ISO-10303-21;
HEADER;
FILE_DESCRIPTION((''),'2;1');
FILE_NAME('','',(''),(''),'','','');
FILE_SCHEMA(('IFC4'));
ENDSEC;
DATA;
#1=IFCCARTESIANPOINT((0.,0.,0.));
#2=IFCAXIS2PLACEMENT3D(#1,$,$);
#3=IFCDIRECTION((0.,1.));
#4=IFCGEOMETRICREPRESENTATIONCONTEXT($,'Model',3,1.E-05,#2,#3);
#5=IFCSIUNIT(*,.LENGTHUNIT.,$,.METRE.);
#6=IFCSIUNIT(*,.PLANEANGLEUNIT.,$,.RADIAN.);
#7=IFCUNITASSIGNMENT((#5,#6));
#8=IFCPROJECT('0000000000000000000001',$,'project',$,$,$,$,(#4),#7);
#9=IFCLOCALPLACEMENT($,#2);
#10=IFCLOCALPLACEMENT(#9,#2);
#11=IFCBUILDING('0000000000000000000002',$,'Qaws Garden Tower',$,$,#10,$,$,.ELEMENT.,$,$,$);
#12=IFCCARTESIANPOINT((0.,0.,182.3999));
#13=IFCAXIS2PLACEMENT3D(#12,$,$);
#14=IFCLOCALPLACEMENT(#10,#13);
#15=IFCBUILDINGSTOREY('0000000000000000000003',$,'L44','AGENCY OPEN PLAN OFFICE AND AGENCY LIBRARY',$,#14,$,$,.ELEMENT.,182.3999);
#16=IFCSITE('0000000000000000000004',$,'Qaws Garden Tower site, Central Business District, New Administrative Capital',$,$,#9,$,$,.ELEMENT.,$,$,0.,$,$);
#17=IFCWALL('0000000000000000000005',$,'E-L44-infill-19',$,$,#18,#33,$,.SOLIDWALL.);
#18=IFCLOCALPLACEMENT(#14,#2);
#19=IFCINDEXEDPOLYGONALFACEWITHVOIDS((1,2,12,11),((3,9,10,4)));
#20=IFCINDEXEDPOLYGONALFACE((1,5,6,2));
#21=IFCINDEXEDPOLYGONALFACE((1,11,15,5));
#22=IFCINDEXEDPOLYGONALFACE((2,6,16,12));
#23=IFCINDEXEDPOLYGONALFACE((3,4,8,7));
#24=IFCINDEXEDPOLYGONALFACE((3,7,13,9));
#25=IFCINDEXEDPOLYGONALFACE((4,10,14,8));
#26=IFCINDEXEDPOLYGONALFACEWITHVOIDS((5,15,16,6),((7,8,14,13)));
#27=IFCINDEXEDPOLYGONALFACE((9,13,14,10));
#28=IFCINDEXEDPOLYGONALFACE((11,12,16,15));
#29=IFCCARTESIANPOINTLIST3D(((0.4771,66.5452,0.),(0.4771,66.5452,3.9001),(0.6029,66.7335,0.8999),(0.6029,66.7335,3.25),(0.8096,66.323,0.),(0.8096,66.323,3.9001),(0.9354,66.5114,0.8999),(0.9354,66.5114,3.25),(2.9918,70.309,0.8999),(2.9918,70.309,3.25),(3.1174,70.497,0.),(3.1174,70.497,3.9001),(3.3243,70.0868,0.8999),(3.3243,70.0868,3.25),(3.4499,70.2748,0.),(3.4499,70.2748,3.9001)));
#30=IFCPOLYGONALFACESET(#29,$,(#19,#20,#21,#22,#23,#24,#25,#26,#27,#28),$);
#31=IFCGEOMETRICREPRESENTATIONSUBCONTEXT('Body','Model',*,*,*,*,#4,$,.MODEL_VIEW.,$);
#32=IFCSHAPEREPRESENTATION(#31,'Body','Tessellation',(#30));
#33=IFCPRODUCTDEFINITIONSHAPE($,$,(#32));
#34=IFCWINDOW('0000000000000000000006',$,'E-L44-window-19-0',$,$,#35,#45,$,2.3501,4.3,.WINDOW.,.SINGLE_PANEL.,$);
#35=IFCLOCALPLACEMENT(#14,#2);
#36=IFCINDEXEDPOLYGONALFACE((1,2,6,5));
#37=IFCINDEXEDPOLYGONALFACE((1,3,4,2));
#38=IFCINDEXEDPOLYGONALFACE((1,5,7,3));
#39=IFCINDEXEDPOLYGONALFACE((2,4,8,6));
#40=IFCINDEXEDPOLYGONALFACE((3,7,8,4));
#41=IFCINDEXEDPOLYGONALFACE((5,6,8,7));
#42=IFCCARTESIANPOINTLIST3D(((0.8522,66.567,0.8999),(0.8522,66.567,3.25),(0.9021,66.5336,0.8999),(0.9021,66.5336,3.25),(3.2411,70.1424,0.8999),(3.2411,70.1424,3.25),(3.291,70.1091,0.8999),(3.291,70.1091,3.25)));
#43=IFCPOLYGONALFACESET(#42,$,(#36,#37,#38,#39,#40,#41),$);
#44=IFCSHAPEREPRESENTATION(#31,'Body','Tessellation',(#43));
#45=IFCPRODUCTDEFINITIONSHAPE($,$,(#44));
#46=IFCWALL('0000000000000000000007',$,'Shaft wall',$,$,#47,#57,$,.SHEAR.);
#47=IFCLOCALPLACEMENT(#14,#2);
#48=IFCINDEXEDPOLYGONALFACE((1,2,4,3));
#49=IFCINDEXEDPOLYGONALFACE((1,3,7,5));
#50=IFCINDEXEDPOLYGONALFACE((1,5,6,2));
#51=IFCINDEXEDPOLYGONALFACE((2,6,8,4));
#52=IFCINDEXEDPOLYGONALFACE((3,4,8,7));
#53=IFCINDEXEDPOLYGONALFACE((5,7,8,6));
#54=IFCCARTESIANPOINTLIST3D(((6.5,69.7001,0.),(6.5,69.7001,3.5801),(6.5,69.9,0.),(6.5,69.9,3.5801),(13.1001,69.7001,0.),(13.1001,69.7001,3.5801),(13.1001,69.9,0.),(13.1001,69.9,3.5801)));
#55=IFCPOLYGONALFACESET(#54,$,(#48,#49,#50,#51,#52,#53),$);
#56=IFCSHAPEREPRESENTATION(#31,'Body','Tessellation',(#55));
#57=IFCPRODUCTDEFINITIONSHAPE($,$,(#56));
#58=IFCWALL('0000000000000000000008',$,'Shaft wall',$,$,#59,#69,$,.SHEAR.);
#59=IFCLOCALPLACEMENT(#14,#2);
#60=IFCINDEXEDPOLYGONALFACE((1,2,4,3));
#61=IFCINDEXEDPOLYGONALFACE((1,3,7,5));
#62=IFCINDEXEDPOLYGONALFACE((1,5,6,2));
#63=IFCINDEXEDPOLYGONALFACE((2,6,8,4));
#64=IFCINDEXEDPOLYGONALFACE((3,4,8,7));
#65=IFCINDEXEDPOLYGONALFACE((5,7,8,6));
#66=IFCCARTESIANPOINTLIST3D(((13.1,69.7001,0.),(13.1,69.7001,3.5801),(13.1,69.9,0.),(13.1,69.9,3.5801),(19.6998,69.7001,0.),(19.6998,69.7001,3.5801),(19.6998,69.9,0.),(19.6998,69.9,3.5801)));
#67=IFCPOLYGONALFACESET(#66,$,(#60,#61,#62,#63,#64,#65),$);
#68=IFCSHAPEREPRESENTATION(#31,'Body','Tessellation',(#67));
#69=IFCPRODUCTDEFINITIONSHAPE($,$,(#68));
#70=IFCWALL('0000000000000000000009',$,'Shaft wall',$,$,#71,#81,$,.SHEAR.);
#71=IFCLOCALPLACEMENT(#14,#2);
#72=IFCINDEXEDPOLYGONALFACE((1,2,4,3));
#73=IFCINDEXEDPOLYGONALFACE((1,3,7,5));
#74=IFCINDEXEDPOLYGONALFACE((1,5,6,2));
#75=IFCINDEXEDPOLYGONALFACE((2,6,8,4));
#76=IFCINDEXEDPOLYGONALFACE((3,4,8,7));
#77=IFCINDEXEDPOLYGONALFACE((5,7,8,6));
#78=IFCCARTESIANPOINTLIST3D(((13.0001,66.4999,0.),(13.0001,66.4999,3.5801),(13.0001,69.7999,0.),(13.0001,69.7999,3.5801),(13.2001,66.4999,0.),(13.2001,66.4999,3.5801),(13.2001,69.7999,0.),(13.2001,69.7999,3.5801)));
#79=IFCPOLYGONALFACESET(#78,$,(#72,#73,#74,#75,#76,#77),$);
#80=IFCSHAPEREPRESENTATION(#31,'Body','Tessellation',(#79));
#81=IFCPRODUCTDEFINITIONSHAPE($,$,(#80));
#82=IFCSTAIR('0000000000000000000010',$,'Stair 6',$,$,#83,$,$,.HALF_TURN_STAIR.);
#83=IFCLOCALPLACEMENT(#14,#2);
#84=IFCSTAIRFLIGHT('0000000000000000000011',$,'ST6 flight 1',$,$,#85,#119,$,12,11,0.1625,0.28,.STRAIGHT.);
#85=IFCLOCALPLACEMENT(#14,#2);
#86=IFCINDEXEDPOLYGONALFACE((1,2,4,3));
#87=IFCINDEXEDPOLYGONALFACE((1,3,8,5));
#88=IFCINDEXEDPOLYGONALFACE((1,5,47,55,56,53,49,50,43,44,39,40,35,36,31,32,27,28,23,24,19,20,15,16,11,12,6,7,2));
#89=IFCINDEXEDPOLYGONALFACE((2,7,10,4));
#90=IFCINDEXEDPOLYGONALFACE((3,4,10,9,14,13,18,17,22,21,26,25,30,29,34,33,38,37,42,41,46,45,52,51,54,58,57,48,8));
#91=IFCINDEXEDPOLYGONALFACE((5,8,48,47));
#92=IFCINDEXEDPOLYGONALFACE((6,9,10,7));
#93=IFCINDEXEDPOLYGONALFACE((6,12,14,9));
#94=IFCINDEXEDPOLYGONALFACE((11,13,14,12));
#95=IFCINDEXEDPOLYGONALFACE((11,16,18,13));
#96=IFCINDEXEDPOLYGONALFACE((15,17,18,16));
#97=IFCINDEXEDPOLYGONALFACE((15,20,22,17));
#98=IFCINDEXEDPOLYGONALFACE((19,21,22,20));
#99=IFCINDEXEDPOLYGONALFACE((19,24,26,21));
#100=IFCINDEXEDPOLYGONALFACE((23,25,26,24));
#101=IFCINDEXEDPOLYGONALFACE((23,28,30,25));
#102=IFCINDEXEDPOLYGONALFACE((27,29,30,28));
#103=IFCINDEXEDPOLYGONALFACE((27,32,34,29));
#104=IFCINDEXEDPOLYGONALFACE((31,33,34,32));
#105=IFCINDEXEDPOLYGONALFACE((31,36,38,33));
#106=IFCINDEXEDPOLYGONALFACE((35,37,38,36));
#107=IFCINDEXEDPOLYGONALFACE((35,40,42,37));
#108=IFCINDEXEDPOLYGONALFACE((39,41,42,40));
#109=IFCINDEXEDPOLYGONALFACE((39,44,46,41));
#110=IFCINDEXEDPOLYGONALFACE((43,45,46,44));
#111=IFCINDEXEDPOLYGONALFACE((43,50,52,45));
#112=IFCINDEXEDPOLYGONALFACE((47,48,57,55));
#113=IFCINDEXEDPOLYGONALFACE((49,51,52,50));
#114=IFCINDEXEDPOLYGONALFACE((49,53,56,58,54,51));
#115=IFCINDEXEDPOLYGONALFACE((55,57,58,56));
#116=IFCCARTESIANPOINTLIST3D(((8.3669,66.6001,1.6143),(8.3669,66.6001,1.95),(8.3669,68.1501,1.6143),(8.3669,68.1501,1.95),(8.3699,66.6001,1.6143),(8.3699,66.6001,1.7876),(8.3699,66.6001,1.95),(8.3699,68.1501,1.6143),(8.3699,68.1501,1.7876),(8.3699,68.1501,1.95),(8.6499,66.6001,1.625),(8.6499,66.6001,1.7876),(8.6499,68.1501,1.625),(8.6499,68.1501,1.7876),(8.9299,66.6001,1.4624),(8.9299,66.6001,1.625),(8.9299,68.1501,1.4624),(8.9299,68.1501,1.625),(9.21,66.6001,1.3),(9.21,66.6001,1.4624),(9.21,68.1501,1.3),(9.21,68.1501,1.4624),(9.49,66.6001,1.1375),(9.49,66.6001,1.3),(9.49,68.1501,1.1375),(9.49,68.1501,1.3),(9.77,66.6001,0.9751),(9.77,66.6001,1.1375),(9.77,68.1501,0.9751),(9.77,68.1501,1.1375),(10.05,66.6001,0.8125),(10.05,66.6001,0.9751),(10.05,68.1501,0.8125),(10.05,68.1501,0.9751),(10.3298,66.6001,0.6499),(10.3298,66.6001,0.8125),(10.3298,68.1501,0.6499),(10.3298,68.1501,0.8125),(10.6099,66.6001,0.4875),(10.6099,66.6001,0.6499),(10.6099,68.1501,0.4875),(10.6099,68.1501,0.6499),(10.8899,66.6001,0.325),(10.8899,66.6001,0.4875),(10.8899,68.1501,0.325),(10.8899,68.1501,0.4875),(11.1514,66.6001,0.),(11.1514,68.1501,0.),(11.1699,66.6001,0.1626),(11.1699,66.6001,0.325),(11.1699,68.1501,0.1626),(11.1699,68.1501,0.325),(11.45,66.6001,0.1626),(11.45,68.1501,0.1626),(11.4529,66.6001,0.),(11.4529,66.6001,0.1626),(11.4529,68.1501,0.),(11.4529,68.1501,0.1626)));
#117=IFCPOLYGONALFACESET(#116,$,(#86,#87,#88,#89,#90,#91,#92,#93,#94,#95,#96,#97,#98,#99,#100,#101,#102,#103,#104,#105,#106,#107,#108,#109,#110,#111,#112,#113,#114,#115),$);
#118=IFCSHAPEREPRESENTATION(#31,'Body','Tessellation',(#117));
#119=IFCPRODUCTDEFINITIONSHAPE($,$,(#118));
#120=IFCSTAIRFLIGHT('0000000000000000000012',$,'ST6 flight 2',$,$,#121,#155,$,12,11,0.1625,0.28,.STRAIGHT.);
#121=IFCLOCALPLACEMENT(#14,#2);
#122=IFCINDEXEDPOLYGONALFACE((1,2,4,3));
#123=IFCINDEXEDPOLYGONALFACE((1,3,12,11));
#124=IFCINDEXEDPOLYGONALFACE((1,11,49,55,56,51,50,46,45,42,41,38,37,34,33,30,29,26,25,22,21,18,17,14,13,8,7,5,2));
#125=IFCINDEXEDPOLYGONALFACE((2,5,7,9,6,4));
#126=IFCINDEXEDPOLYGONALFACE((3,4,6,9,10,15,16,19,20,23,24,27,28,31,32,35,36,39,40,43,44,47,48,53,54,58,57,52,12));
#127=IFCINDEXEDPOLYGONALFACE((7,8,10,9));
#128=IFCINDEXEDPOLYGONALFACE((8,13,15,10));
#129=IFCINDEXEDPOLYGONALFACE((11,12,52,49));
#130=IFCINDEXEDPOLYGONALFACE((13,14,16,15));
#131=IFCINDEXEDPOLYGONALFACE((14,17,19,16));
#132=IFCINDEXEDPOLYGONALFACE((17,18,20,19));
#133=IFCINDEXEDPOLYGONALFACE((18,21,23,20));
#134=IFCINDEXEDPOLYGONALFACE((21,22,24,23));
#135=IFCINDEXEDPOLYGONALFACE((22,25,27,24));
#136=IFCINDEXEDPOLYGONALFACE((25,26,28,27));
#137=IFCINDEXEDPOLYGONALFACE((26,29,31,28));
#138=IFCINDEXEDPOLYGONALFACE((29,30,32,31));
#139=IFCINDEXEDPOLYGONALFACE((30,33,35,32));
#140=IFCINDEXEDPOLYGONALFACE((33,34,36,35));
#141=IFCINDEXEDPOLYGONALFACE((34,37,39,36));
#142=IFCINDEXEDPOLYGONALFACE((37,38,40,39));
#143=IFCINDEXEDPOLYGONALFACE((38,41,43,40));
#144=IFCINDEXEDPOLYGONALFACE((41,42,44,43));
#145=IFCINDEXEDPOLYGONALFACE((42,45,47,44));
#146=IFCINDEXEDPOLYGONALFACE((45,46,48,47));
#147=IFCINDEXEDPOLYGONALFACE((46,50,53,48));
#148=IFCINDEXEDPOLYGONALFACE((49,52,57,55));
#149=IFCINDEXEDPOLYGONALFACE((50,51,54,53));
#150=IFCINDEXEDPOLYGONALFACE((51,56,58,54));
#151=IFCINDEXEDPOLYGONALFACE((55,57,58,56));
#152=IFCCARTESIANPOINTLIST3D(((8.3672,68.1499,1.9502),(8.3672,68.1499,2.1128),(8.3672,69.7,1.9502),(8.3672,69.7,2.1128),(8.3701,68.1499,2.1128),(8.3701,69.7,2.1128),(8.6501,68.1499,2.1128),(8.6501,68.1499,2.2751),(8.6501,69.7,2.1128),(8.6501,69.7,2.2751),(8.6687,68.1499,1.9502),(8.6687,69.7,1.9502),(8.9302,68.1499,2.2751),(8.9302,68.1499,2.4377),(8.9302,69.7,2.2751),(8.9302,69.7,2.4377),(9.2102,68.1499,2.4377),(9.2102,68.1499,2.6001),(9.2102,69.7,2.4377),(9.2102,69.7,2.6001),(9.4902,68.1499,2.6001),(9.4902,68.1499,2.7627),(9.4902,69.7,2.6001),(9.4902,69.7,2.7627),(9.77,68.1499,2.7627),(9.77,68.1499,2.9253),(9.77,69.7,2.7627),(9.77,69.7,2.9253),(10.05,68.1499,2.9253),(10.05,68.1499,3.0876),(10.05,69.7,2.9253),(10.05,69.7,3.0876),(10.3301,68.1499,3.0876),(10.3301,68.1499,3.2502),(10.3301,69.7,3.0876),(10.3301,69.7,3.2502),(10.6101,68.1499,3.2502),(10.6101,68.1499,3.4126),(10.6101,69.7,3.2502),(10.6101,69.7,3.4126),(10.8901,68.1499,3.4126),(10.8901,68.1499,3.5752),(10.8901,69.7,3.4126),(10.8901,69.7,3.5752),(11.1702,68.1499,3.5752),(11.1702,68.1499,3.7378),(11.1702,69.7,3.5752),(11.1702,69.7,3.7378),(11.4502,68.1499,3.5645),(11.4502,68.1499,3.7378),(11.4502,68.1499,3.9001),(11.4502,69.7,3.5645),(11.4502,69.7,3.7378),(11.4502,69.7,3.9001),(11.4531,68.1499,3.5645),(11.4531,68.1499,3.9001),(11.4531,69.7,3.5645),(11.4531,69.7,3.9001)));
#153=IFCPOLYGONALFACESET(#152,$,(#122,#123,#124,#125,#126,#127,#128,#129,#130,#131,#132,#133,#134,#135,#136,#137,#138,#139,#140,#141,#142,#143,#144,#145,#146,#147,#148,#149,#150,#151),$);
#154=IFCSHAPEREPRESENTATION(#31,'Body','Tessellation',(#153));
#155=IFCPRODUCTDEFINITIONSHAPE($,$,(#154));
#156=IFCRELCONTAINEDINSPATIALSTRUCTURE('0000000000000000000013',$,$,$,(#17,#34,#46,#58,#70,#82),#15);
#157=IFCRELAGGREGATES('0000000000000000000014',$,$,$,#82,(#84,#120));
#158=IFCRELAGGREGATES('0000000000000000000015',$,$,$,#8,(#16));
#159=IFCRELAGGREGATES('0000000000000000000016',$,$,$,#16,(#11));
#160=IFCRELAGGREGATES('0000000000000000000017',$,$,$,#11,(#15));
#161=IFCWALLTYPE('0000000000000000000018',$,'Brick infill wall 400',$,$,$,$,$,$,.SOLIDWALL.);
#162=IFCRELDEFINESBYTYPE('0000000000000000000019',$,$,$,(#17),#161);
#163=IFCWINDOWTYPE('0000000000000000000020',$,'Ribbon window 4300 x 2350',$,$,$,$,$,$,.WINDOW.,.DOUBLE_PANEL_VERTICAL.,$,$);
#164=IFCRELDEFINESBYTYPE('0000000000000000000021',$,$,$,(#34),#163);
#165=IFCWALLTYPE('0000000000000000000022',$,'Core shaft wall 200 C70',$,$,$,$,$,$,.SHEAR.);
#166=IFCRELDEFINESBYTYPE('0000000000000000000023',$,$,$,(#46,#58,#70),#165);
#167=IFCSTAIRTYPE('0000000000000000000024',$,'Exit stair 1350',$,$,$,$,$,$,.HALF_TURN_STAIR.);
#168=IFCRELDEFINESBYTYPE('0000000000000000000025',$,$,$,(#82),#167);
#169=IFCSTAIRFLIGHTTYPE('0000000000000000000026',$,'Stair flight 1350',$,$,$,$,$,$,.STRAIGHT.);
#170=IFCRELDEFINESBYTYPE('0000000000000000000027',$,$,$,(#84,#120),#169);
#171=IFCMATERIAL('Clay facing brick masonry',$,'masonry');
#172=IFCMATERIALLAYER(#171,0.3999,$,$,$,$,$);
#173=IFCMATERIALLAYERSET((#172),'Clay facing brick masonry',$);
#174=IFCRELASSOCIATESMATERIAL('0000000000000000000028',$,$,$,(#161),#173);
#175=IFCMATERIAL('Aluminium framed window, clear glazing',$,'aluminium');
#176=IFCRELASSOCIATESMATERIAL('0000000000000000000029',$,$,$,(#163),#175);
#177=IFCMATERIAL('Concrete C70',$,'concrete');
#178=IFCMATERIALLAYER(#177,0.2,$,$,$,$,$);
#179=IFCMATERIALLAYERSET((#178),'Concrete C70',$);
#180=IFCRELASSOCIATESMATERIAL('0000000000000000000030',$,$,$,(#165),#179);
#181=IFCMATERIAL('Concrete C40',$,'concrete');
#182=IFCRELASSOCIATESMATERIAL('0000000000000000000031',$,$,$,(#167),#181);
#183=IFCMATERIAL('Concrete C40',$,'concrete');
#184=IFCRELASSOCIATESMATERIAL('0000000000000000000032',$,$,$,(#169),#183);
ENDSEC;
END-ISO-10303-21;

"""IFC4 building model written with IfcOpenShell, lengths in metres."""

from ifc_helpers import new_model, si_unit, direction, frame, frame_2d, origin, place, context, subcontext, project, spatial, polyline, rectangle, outline, extrude, material, layer, layer_set, type_object, element, fill, aggregate, save


model = new_model("IFC4")

# Units and contexts
model_context = context("Model", 3, precision=1e-05, world=origin(), true_north=direction((0.0, 1.0)))
body_context = subcontext(model_context, "Body", "Model", "MODEL_VIEW")
ifc_project = project(units=[si_unit("LENGTHUNIT", "METRE"), si_unit("PLANEANGLEUNIT", "RADIAN")], contexts=[model_context])

# Site, building, storey
site_placement = place(None, origin())
site = spatial("IfcSite", under=ifc_project, at=site_placement, Name="Qaws Garden Tower site, Central Business District, New Administrative Capital", CompositionType="ELEMENT", RefElevation=0.0)
building_placement = place(site_placement, origin())
building = spatial("IfcBuilding", under=site, at=building_placement, Name="Qaws Garden Tower", CompositionType="ELEMENT")
storey_placement = place(building_placement, frame((0.0, 0.0, 182.3999)))
storey = spatial("IfcBuildingStorey", under=building, at=storey_placement, Name="L44", Description="AGENCY OPEN PLAN OFFICE AND AGENCY LIBRARY", CompositionType="ELEMENT", Elevation=182.3999)

# Wall, opening, window
ifc_material_1 = material(Name="Clay facing brick masonry", Category="masonry")
ifc_layer_1 = layer(ifc_material_1, 0.3999)
ifc_layer_set_1 = layer_set([ifc_layer_1], Name="Clay facing brick masonry")
wall_type_1 = type_object("IfcWallType", Name="Brick infill wall 400", PredefinedType="SOLIDWALL", material=ifc_layer_set_1)
ifc_material_2 = material(Name="Aluminium framed window, clear glazing", Category="aluminium")
window_type = type_object("IfcWindowType", Name="Ribbon window 4300 x 2350", PartitioningType="DOUBLE_PANEL_VERTICAL", PredefinedType="WINDOW", material=ifc_material_2)
wall_1_placement = place(storey_placement, frame((3.2837, 70.386, 0.0), z_axis=(0.0, 0.0, 1.0), x_axis=(-0.555542, -0.831489, 0.0)))
wall_1 = element("IfcWall", 1, at=wall_1_placement, inside=storey, type_object=wall_type_1, Name="E-L44-infill-19", PredefinedType="SOLIDWALL", context=body_context, shape_type="SweptSolid", body=[
    extrude(rectangle(XDim=4.7527, YDim=0.3999, at=frame_2d((2.3765, 0.0))), origin(), (0.0, 0.0, 1.0), 3.9001),
])
opening_1_placement = place(wall_1_placement, frame((0.2263, 0.0, 0.8999)))
opening_1 = element("IfcOpeningElement", 2, at=opening_1_placement, cuts=wall_1, PredefinedType="OPENING", context=body_context, shape_type="SweptSolid", body=[
    extrude(rectangle(XDim=4.3, YDim=2.3501, at=frame_2d((2.1499, 1.175))), frame((0.0, 0.21, 0.0), z_axis=(0.0, -1.0, 0.0), x_axis=(1.0, 0.0, 0.0)), (0.0, 0.0, 1.0), 0.4199),
])
window_1_placement = place(opening_1_placement, origin())
window_1 = element("IfcWindow", 3, at=window_1_placement, inside=storey, type_object=window_type, Name="E-L44-window-19-0", OverallHeight=2.3501, OverallWidth=4.3, PartitioningType="SINGLE_PANEL", PredefinedType="WINDOW", context=body_context, shape_type="SweptSolid", body=[
    extrude(rectangle(XDim=4.3, YDim=2.3501, at=frame_2d((2.1499, 1.175))), frame((0.0, 0.1599, 0.0), z_axis=(0.0, -1.0, 0.0), x_axis=(1.0, 0.0, 0.0)), (0.0, 0.0, 1.0), 0.0601),
])
fill(opening_1, window_1)

# Walls
ifc_material_3 = material(Name="Concrete C70", Category="concrete")
ifc_layer_2 = layer(ifc_material_3, 0.2)
ifc_layer_set_2 = layer_set([ifc_layer_2], Name="Concrete C70")
wall_type_2 = type_object("IfcWallType", Name="Core shaft wall 200 C70", PredefinedType="SHEAR", material=ifc_layer_set_2)
wall_2_placement = place(storey_placement, frame((6.5, 69.8, 0.0), z_axis=(0.0, 0.0, 1.0), x_axis=(1.0, 0.0, 0.0)))
element("IfcWall", 4, at=wall_2_placement, inside=storey, type_object=wall_type_2, Name="Shaft wall", PredefinedType="SHEAR", context=body_context, shape_type="SweptSolid", body=[
    extrude(rectangle(XDim=6.6001, YDim=0.2, at=frame_2d((3.3, 0.0))), origin(), (0.0, 0.0, 1.0), 3.5801),
])
wall_3_placement = place(storey_placement, frame((13.1001, 69.8, 0.0), z_axis=(0.0, 0.0, 1.0), x_axis=(1.0, 0.0, 0.0)))
element("IfcWall", 5, at=wall_3_placement, inside=storey, type_object=wall_type_2, Name="Shaft wall", PredefinedType="SHEAR", context=body_context, shape_type="SweptSolid", body=[
    extrude(rectangle(XDim=6.5999, YDim=0.2, at=frame_2d((3.2998, 0.0))), origin(), (0.0, 0.0, 1.0), 3.5801),
])
wall_4_placement = place(storey_placement, frame((13.1001, 66.5, 0.0), z_axis=(0.0, 0.0, 1.0), x_axis=(0.0, 1.0, 0.0)))
element("IfcWall", 6, at=wall_4_placement, inside=storey, type_object=wall_type_2, Name="Shaft wall", PredefinedType="SHEAR", context=body_context, shape_type="SweptSolid", body=[
    extrude(rectangle(XDim=3.3, YDim=0.2, at=frame_2d((1.6499, 0.0))), origin(), (0.0, 0.0, 1.0), 3.5801),
])

# Stair, stair flights
ifc_material_4 = material(Name="Concrete C40", Category="concrete")
stair_type = type_object("IfcStairType", Name="Exit stair 1350", PredefinedType="HALF_TURN_STAIR", material=ifc_material_4)
placement = place(storey_placement, origin())
stair_1 = element("IfcStair", 7, at=placement, inside=storey, type_object=stair_type, Name="Stair 6", PredefinedType="HALF_TURN_STAIR")
ifc_material_5 = material(Name="Concrete C40", Category="concrete")
stair_flight_type = type_object("IfcStairFlightType", Name="Stair flight 1350", PredefinedType="STRAIGHT", material=ifc_material_5)
stair_flight_1_placement = place(storey_placement, frame((11.45, 67.375, 0.0), z_axis=(0.0, 0.0, 1.0), x_axis=(-1.0, 0.0, 0.0)))
stair_flight_1 = element("IfcStairFlight", 8, at=stair_flight_1_placement, type_object=stair_flight_type, Name="ST6 flight 1", NumberOfRisers=12, NumberOfTreads=11, PredefinedType="STRAIGHT", RiserHeight=0.1625, TreadLength=0.28, context=body_context, shape_type="SweptSolid", body=[
    extrude(outline(polyline([(-0.0029, 0.0), (-0.0029, 0.1626), (0.0, 0.1626), (0.28, 0.1626), (0.28, 0.325), (0.5601, 0.325), (0.5601, 0.4875), (0.8401, 0.4875), (0.8401, 0.6499), (1.1201, 0.6499), (1.1201, 0.8125), (1.3999, 0.8125), (1.3999, 0.9751), (1.6799, 0.9751), (1.6799, 1.1375), (1.96, 1.1375), (1.96, 1.3), (2.24, 1.3), (2.24, 1.4624), (2.52, 1.4624), (2.52, 1.625), (2.8, 1.625), (2.8, 1.7876), (3.0801, 1.7876), (3.0801, 1.95), (3.083, 1.95), (3.083, 1.6143), (3.0801, 1.6143), (0.2986, 0.0), (-0.0029, 0.0)])), frame((0.0, 0.7749, 0.0), z_axis=(0.0, -1.0, 0.0), x_axis=(1.0, 0.0, 0.0)), (0.0, 0.0, 1.0), 1.55),
])
stair_flight_2_placement = place(storey_placement, frame((8.3701, 68.925, 1.9502), z_axis=(0.0, 0.0, 1.0), x_axis=(1.0, 0.0, 0.0)))
stair_flight_2 = element("IfcStairFlight", 9, at=stair_flight_2_placement, type_object=stair_flight_type, Name="ST6 flight 2", NumberOfRisers=12, NumberOfTreads=11, PredefinedType="STRAIGHT", RiserHeight=0.1625, TreadLength=0.28, context=body_context, shape_type="SweptSolid", body=[
    extrude(outline(polyline([(-0.0029, 0.0), (-0.0029, 0.1626), (0.0, 0.1626), (0.28, 0.1626), (0.28, 0.325), (0.5601, 0.325), (0.5601, 0.4875), (0.8401, 0.4875), (0.8401, 0.6499), (1.1201, 0.6499), (1.1201, 0.8125), (1.3999, 0.8125), (1.3999, 0.9751), (1.6799, 0.9751), (1.6799, 1.1375), (1.96, 1.1375), (1.96, 1.3), (2.24, 1.3), (2.24, 1.4624), (2.52, 1.4624), (2.52, 1.625), (2.8, 1.625), (2.8, 1.7876), (3.0801, 1.7876), (3.0801, 1.95), (3.083, 1.95), (3.083, 1.6143), (3.0801, 1.6143), (0.2986, 0.0), (-0.0029, 0.0)])), frame((0.0, 0.7749, 0.0), z_axis=(0.0, -1.0, 0.0), x_axis=(1.0, 0.0, 0.0)), (0.0, 0.0, 1.0), 1.55),
])
aggregate(stair_1, [stair_flight_1, stair_flight_2])

save(model, "model.ifc")
